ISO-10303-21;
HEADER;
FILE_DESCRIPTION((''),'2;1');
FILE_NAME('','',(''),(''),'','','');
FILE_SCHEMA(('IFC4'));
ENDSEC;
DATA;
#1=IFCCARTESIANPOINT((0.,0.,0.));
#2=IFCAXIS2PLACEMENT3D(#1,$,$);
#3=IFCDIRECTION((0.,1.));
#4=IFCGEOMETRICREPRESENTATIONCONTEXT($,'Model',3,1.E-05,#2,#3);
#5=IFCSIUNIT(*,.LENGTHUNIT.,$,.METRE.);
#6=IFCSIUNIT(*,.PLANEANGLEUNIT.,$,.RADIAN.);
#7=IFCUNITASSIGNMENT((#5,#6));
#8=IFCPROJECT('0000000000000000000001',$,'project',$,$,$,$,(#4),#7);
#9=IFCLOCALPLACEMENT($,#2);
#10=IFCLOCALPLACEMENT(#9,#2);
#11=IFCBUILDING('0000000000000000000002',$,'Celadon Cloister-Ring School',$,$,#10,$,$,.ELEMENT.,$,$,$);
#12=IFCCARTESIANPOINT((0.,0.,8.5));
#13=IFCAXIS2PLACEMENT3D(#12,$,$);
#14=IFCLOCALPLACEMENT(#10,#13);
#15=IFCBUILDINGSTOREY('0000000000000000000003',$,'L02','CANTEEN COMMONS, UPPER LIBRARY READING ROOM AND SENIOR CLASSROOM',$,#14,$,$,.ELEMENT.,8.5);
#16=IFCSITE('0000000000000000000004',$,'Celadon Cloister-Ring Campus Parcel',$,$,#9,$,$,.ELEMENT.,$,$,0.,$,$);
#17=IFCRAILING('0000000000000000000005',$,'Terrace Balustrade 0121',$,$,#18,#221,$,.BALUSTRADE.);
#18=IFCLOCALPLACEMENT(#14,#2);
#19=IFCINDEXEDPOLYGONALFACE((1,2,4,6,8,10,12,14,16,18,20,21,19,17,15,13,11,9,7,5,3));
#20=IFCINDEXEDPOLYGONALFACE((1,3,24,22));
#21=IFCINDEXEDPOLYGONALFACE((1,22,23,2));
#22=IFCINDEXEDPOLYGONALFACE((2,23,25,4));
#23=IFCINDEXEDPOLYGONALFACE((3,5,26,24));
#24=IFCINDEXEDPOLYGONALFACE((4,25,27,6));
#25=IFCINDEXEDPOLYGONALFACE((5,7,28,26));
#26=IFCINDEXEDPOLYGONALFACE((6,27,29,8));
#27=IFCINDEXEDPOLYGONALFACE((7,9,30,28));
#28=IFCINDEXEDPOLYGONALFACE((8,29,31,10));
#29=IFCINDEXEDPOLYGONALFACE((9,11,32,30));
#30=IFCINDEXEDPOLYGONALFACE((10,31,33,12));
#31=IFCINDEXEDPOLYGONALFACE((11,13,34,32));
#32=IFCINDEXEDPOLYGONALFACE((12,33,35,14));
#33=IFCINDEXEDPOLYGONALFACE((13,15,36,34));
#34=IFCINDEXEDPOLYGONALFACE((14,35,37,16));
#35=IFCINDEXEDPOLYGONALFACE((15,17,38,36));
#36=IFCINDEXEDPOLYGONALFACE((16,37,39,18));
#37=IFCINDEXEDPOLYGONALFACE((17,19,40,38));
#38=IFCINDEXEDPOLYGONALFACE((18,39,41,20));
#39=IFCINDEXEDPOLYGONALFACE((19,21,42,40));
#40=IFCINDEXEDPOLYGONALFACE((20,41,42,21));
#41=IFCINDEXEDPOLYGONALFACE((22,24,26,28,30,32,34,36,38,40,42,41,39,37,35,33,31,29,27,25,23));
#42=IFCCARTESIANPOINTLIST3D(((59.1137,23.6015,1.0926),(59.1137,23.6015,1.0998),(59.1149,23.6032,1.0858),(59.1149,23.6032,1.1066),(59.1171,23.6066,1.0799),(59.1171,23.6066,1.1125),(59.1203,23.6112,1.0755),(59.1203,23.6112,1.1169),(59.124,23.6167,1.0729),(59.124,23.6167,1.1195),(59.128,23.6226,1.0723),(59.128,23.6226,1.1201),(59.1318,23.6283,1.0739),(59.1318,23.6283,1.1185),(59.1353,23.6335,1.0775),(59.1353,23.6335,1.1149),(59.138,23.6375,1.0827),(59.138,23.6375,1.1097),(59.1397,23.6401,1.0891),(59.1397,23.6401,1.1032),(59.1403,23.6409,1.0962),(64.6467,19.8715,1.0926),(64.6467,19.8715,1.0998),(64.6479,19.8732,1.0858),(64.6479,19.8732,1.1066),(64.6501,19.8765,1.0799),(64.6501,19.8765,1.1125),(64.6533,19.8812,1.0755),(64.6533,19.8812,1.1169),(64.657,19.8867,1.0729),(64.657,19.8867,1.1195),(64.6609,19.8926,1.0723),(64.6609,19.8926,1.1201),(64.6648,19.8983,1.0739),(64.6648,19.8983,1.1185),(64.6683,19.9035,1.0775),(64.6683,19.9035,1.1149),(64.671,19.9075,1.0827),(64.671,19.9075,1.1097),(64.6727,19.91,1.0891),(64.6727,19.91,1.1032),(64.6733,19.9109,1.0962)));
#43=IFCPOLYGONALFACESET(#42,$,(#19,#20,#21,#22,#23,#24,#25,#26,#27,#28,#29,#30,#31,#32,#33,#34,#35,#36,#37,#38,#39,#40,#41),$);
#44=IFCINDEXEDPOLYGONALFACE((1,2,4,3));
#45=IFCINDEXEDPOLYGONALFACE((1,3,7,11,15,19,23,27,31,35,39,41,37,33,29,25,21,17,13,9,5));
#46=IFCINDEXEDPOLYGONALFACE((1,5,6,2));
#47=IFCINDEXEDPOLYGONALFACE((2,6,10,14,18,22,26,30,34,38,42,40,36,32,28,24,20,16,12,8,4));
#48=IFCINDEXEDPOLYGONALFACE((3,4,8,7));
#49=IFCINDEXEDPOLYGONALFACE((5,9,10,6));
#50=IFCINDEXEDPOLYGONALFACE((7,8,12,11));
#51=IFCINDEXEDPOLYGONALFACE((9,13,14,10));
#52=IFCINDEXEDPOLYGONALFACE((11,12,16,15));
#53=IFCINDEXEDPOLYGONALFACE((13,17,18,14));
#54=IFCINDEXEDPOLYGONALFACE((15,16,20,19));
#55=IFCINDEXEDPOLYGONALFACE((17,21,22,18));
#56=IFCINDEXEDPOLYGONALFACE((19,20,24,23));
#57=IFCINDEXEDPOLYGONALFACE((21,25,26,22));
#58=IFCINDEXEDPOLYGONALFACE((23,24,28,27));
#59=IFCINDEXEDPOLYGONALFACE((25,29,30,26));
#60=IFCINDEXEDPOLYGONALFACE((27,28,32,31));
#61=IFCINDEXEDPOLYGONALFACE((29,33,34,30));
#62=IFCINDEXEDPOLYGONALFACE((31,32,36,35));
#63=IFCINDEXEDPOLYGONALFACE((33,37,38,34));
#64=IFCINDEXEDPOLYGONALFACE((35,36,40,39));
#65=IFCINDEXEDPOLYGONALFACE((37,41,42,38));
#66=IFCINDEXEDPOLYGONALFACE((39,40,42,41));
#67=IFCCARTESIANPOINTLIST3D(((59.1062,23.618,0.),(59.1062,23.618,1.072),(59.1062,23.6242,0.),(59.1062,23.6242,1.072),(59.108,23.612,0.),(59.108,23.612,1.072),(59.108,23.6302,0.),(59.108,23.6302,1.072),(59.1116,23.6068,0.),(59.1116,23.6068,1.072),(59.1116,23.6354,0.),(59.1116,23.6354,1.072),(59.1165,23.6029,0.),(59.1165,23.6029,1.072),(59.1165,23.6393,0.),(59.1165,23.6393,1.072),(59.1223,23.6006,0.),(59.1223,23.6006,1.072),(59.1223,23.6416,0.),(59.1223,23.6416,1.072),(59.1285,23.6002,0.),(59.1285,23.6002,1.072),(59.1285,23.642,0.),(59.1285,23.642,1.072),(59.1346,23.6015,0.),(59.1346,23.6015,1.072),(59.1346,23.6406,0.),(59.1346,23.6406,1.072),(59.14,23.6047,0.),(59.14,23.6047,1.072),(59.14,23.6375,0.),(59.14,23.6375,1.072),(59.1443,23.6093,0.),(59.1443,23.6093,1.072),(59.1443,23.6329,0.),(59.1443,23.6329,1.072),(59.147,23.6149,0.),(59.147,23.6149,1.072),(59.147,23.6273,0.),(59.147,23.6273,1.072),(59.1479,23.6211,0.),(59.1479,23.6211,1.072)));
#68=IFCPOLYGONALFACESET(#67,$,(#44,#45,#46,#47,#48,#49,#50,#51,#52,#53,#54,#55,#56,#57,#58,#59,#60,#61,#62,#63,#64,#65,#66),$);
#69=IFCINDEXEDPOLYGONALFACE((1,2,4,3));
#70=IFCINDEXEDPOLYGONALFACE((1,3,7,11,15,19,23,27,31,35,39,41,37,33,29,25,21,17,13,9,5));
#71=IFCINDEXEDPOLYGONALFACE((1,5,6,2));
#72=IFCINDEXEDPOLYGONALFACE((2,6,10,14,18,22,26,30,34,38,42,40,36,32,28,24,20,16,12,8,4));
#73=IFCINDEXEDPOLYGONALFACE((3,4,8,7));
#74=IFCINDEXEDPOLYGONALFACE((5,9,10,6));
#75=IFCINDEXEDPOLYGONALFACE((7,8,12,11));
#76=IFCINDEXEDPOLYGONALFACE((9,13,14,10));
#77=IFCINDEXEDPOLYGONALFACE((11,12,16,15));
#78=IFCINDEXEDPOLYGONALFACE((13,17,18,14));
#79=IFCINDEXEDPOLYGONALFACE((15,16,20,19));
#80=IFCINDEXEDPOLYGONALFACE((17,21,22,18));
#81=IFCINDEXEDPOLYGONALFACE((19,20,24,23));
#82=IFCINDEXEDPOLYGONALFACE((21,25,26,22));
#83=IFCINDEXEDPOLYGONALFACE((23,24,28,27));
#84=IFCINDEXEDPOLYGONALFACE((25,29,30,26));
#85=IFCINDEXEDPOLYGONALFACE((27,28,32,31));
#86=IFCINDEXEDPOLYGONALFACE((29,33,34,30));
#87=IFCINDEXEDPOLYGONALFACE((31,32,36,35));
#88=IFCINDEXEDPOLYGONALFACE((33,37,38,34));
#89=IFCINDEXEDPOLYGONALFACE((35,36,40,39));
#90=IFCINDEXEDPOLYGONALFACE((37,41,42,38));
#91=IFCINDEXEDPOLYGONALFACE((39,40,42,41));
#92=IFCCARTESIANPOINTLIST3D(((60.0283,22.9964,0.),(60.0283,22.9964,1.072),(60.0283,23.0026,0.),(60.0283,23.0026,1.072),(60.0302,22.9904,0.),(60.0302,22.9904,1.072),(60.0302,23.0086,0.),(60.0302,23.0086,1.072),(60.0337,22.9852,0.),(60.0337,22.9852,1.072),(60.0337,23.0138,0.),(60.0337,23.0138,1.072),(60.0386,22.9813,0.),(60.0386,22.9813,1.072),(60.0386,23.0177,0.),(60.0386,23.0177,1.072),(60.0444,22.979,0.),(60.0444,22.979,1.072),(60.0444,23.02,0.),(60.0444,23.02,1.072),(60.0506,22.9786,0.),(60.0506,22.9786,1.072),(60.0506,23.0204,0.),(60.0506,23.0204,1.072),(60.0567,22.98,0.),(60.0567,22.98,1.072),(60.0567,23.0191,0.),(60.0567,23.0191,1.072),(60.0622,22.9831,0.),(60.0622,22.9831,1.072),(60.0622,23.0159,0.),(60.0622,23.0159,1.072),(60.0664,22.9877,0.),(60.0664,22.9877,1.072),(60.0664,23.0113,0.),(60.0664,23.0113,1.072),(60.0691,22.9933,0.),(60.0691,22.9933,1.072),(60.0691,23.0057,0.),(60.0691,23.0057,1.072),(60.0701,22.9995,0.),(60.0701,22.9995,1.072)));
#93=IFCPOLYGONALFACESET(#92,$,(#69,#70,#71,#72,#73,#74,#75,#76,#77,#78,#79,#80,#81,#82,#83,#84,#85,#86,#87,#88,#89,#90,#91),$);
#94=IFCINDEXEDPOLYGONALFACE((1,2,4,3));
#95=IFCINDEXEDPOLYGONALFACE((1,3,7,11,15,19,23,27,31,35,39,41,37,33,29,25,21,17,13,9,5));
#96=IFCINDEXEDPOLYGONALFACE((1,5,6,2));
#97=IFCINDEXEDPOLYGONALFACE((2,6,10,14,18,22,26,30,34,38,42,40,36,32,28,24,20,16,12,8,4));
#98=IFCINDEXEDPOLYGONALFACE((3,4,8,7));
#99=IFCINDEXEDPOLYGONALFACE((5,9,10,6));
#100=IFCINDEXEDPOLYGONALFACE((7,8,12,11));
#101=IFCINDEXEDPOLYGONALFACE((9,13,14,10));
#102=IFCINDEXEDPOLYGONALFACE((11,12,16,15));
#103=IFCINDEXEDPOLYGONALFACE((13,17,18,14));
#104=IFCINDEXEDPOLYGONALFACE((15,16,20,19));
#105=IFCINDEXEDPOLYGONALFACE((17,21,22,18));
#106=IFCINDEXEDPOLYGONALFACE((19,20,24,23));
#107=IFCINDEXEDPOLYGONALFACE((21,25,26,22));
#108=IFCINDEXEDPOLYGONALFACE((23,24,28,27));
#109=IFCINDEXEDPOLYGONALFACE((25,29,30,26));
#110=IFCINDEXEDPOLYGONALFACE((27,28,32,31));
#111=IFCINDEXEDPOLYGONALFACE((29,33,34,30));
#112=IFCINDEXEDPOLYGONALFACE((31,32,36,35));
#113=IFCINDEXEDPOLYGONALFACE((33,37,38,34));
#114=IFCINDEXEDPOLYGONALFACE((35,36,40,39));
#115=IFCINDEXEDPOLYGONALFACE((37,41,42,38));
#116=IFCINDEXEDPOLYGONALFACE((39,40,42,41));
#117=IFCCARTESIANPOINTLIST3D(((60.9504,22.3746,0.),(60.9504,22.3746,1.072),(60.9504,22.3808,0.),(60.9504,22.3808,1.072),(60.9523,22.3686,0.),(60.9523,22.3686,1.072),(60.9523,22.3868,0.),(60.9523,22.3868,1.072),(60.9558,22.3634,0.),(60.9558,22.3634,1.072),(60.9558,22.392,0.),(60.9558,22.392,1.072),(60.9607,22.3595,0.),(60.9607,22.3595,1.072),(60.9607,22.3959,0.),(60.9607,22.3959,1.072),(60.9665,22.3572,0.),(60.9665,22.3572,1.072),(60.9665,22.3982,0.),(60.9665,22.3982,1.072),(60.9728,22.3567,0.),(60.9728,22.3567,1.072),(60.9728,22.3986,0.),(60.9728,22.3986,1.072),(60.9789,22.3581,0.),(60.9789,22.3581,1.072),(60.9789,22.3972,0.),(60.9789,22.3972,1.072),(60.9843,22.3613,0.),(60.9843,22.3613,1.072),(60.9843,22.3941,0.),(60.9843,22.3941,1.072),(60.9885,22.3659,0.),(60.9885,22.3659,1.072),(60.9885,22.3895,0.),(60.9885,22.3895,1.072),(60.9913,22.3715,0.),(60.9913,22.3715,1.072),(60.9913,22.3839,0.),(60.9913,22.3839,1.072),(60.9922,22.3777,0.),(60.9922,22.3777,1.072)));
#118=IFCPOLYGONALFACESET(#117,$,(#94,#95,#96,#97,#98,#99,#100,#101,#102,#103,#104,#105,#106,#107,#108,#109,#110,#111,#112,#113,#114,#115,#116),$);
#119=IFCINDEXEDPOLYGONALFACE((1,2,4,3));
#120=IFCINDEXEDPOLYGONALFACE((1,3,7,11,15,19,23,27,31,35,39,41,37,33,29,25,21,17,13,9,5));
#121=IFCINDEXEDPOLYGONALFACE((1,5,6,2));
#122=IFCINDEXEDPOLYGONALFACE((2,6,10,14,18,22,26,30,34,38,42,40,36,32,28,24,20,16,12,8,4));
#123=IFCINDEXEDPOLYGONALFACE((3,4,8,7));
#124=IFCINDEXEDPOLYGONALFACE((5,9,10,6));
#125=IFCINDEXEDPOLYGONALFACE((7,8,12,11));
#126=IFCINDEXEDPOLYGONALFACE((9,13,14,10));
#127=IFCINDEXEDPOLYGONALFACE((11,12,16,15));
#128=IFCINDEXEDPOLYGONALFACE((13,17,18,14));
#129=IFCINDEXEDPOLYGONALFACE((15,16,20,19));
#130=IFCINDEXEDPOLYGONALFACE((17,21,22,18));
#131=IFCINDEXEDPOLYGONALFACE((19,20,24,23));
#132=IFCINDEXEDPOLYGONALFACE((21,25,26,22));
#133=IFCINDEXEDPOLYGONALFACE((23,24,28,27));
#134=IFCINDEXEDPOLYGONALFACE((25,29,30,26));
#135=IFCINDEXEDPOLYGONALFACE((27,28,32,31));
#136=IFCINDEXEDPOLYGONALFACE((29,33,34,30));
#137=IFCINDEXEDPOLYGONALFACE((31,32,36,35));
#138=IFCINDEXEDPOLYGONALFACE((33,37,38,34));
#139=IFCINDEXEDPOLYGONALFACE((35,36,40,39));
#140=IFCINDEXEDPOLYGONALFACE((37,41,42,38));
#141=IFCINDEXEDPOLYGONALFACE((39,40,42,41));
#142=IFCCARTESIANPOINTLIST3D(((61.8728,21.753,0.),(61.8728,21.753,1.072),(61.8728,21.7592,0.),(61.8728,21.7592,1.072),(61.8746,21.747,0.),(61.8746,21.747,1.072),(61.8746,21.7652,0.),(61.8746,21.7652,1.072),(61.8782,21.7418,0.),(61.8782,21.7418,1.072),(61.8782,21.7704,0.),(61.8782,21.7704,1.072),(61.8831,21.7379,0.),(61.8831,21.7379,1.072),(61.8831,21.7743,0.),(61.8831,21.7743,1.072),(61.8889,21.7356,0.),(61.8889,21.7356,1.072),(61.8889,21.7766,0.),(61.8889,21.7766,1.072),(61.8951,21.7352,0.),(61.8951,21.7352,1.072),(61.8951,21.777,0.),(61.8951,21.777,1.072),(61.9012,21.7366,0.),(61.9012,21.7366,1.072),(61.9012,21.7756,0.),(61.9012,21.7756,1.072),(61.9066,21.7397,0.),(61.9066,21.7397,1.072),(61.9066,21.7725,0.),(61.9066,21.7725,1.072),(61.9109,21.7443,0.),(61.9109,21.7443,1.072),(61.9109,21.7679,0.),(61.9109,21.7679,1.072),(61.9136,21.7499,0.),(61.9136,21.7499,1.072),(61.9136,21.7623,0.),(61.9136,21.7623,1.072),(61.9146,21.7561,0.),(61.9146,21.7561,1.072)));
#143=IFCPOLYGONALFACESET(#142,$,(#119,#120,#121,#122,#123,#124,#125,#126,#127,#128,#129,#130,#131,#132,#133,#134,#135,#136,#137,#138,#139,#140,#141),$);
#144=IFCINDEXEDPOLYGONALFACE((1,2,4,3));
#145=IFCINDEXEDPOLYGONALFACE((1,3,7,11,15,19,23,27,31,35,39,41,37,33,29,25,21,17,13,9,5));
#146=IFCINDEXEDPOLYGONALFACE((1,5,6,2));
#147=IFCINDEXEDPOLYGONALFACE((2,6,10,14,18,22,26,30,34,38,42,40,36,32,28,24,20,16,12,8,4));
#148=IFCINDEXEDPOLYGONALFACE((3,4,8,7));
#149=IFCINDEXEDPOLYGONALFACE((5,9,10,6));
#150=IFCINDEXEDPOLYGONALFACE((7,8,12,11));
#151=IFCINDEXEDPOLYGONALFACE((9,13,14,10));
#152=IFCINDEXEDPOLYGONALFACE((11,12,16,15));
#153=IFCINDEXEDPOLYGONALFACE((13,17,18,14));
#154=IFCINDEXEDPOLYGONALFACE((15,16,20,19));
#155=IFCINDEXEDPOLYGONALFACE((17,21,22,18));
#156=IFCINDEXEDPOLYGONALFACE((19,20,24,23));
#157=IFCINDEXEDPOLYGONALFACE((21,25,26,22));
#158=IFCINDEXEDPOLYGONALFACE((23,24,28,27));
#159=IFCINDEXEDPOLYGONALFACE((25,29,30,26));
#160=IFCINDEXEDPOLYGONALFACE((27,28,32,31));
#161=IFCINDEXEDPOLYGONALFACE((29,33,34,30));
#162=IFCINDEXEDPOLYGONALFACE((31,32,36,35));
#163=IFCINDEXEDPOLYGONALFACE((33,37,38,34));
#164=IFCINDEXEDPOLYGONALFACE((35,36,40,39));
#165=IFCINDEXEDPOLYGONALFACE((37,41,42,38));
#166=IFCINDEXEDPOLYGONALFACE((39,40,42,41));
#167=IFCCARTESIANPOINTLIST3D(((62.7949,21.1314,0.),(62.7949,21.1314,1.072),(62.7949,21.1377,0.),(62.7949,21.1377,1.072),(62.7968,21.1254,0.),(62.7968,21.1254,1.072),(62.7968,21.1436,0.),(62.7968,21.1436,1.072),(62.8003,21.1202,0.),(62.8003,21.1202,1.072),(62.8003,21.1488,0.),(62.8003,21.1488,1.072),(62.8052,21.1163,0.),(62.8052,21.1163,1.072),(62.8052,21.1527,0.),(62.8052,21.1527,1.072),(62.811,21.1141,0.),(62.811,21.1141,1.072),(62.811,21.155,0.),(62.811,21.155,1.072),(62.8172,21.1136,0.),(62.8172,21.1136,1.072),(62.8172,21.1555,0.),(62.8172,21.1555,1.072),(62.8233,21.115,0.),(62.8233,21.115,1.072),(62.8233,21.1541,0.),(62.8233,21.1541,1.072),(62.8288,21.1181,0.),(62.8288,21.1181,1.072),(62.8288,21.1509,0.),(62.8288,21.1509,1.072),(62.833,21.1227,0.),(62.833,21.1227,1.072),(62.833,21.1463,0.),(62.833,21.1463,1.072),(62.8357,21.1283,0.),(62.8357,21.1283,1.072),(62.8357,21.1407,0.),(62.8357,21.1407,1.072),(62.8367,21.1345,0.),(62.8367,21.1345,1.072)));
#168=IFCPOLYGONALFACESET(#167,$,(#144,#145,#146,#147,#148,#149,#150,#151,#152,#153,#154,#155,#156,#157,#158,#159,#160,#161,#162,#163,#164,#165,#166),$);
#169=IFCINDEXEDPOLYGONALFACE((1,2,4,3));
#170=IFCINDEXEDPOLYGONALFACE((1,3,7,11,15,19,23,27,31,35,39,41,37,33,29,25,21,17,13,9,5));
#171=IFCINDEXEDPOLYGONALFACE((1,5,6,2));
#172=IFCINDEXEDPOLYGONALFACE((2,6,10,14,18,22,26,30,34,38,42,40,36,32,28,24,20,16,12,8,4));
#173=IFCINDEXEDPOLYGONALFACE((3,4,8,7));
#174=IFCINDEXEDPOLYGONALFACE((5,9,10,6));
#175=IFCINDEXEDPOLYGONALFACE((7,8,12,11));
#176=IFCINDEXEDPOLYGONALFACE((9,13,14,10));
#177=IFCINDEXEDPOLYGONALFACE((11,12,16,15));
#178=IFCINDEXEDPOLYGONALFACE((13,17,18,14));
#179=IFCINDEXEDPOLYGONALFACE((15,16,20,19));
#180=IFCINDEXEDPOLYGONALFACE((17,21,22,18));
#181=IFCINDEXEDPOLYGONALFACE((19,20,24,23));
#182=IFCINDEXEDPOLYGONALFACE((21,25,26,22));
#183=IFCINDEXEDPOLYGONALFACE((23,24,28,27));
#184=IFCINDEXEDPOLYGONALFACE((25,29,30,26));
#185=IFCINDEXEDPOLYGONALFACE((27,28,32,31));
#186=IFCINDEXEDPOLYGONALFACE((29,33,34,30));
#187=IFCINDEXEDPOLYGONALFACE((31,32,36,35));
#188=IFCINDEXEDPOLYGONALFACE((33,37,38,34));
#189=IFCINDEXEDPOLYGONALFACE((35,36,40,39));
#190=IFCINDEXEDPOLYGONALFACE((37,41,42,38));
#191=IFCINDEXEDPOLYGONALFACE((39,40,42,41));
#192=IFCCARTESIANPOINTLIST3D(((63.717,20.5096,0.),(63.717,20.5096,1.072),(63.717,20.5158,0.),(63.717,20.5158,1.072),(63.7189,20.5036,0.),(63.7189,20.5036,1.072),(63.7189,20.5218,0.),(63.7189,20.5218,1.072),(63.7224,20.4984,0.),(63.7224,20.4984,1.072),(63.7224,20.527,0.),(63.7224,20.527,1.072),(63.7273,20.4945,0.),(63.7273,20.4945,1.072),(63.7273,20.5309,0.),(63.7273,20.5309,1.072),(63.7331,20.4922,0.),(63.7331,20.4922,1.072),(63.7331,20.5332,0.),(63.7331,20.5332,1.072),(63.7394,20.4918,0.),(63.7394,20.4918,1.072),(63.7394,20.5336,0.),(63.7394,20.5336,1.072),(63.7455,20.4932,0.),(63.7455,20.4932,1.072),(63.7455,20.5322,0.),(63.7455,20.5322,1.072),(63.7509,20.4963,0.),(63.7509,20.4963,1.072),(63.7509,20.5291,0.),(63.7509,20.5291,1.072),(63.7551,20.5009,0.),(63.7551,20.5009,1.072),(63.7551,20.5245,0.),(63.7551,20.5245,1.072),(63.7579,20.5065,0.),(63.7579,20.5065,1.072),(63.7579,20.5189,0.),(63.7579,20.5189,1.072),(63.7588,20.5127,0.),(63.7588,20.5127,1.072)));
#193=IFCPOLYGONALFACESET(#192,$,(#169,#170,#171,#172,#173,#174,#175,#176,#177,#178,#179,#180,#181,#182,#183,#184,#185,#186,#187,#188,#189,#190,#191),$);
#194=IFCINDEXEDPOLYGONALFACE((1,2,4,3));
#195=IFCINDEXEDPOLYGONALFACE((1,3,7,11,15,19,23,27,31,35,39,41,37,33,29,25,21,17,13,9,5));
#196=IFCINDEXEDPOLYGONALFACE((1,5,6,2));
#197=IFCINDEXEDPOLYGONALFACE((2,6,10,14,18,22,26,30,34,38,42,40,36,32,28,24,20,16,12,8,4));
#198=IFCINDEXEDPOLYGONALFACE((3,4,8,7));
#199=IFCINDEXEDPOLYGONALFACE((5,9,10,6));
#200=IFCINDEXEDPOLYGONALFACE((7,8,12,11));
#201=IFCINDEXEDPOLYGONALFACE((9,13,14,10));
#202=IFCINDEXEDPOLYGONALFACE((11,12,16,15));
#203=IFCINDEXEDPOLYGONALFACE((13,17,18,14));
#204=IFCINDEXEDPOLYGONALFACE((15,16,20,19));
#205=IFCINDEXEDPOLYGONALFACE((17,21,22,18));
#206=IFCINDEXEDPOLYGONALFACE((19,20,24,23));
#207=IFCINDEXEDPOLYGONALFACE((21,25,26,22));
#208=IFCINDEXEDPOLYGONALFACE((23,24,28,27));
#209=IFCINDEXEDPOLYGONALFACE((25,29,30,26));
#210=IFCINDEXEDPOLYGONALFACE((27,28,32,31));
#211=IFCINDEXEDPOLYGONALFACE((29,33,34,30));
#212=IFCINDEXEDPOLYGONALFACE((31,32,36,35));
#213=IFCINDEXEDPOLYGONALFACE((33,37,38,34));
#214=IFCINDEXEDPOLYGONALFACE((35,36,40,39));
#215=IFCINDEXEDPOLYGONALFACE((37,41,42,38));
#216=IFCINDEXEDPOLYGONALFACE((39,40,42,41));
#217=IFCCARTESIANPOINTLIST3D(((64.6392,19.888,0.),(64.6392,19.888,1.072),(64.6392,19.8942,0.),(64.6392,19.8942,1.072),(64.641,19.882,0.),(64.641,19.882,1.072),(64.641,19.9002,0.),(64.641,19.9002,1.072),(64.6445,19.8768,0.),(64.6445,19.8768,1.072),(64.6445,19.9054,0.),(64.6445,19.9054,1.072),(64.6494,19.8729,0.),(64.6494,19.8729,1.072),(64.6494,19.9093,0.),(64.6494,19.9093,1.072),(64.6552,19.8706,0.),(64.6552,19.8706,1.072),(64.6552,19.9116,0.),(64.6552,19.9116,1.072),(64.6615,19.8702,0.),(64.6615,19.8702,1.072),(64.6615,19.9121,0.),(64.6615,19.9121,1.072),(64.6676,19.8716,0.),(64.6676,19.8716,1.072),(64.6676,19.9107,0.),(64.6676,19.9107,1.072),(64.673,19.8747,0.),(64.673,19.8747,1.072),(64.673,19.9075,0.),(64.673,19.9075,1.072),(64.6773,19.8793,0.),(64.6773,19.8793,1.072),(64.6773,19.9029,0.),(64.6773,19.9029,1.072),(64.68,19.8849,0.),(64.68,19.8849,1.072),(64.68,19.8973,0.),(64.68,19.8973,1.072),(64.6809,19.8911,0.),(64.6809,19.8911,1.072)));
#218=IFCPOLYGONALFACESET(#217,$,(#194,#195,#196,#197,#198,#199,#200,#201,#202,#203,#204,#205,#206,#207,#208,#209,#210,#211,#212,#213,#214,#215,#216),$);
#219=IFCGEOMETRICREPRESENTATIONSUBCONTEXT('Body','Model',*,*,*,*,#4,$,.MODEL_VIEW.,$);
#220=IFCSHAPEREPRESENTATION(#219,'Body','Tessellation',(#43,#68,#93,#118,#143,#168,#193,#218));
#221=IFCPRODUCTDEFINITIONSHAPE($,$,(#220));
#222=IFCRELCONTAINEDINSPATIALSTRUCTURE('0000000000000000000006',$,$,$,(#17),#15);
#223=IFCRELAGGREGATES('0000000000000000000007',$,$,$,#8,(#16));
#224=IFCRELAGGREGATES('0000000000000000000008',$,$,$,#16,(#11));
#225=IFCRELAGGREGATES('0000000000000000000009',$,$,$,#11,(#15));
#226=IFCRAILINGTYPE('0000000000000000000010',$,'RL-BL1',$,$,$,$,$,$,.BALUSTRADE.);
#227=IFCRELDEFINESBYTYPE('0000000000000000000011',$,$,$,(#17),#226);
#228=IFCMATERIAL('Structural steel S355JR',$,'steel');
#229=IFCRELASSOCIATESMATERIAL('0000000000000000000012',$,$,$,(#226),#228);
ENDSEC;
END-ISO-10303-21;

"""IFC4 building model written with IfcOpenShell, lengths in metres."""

from ifc_helpers import new_model, si_unit, direction, frame, origin, origin_2d, place, context, subcontext, project, spatial, circle, extrude, material, type_object, element, save


model = new_model("IFC4")

# Units and contexts
model_context = context("Model", 3, precision=1e-05, world=origin(), true_north=direction((0.0, 1.0)))
body_context = subcontext(model_context, "Body", "Model", "MODEL_VIEW")
ifc_project = project(units=[si_unit("LENGTHUNIT", "METRE"), si_unit("PLANEANGLEUNIT", "RADIAN")], contexts=[model_context])

# Site, building, storey
site_placement = place(None, origin())
site = spatial("IfcSite", under=ifc_project, at=site_placement, Name="Celadon Cloister-Ring Campus Parcel", CompositionType="ELEMENT", RefElevation=0.0)
building_placement = place(site_placement, origin())
building = spatial("IfcBuilding", under=site, at=building_placement, Name="Celadon Cloister-Ring School", CompositionType="ELEMENT")
storey_placement = place(building_placement, frame((0.0, 0.0, 8.5)))
storey = spatial("IfcBuildingStorey", under=building, at=storey_placement, Name="L02", Description="CANTEEN COMMONS, UPPER LIBRARY READING ROOM AND SENIOR CLASSROOM", CompositionType="ELEMENT", Elevation=8.5)

# Railing
ifc_material_1 = material(Name="Structural steel S355JR", Category="steel")
railing_type = type_object("IfcRailingType", Name="RL-BL1", PredefinedType="BALUSTRADE", material=ifc_material_1)
railing_1_placement = place(storey_placement, frame((59.127, 23.6211, 0.0)))
element("IfcRailing", 1, at=railing_1_placement, inside=storey, type_object=railing_type, Name="Terrace Balustrade 0121", PredefinedType="BALUSTRADE", context=body_context, shape_type="SweptSolid", body=[
    extrude(circle(Radius=0.0239, at=origin_2d()), frame((0.0, 0.0, 1.0962), z_axis=(0.82918, -0.558982, 0.0), x_axis=(0.558982, 0.82918, 0.0)), (0.0, 0.0, 1.0), 6.6729),
    extrude(circle(Radius=0.021, at=origin_2d()), origin(), (0.0, 0.0, 1.0), 1.072),
    extrude(circle(Radius=0.021, at=origin_2d()), frame((0.9221, -0.6216, 0.0)), (0.0, 0.0, 1.0), 1.072),
    extrude(circle(Radius=0.021, at=origin_2d()), frame((1.8442, -1.2434, 0.0)), (0.0, 0.0, 1.0), 1.072),
    extrude(circle(Radius=0.021, at=origin_2d()), frame((2.7666, -1.865, 0.0)), (0.0, 0.0, 1.0), 1.072),
    extrude(circle(Radius=0.021, at=origin_2d()), frame((3.6887, -2.4866, 0.0)), (0.0, 0.0, 1.0), 1.072),
    extrude(circle(Radius=0.021, at=origin_2d()), frame((4.6108, -3.1084, 0.0)), (0.0, 0.0, 1.0), 1.072),
    extrude(circle(Radius=0.021, at=origin_2d()), frame((5.533, -3.73, 0.0)), (0.0, 0.0, 1.0), 1.072),
])

save(model, "model.ifc")
